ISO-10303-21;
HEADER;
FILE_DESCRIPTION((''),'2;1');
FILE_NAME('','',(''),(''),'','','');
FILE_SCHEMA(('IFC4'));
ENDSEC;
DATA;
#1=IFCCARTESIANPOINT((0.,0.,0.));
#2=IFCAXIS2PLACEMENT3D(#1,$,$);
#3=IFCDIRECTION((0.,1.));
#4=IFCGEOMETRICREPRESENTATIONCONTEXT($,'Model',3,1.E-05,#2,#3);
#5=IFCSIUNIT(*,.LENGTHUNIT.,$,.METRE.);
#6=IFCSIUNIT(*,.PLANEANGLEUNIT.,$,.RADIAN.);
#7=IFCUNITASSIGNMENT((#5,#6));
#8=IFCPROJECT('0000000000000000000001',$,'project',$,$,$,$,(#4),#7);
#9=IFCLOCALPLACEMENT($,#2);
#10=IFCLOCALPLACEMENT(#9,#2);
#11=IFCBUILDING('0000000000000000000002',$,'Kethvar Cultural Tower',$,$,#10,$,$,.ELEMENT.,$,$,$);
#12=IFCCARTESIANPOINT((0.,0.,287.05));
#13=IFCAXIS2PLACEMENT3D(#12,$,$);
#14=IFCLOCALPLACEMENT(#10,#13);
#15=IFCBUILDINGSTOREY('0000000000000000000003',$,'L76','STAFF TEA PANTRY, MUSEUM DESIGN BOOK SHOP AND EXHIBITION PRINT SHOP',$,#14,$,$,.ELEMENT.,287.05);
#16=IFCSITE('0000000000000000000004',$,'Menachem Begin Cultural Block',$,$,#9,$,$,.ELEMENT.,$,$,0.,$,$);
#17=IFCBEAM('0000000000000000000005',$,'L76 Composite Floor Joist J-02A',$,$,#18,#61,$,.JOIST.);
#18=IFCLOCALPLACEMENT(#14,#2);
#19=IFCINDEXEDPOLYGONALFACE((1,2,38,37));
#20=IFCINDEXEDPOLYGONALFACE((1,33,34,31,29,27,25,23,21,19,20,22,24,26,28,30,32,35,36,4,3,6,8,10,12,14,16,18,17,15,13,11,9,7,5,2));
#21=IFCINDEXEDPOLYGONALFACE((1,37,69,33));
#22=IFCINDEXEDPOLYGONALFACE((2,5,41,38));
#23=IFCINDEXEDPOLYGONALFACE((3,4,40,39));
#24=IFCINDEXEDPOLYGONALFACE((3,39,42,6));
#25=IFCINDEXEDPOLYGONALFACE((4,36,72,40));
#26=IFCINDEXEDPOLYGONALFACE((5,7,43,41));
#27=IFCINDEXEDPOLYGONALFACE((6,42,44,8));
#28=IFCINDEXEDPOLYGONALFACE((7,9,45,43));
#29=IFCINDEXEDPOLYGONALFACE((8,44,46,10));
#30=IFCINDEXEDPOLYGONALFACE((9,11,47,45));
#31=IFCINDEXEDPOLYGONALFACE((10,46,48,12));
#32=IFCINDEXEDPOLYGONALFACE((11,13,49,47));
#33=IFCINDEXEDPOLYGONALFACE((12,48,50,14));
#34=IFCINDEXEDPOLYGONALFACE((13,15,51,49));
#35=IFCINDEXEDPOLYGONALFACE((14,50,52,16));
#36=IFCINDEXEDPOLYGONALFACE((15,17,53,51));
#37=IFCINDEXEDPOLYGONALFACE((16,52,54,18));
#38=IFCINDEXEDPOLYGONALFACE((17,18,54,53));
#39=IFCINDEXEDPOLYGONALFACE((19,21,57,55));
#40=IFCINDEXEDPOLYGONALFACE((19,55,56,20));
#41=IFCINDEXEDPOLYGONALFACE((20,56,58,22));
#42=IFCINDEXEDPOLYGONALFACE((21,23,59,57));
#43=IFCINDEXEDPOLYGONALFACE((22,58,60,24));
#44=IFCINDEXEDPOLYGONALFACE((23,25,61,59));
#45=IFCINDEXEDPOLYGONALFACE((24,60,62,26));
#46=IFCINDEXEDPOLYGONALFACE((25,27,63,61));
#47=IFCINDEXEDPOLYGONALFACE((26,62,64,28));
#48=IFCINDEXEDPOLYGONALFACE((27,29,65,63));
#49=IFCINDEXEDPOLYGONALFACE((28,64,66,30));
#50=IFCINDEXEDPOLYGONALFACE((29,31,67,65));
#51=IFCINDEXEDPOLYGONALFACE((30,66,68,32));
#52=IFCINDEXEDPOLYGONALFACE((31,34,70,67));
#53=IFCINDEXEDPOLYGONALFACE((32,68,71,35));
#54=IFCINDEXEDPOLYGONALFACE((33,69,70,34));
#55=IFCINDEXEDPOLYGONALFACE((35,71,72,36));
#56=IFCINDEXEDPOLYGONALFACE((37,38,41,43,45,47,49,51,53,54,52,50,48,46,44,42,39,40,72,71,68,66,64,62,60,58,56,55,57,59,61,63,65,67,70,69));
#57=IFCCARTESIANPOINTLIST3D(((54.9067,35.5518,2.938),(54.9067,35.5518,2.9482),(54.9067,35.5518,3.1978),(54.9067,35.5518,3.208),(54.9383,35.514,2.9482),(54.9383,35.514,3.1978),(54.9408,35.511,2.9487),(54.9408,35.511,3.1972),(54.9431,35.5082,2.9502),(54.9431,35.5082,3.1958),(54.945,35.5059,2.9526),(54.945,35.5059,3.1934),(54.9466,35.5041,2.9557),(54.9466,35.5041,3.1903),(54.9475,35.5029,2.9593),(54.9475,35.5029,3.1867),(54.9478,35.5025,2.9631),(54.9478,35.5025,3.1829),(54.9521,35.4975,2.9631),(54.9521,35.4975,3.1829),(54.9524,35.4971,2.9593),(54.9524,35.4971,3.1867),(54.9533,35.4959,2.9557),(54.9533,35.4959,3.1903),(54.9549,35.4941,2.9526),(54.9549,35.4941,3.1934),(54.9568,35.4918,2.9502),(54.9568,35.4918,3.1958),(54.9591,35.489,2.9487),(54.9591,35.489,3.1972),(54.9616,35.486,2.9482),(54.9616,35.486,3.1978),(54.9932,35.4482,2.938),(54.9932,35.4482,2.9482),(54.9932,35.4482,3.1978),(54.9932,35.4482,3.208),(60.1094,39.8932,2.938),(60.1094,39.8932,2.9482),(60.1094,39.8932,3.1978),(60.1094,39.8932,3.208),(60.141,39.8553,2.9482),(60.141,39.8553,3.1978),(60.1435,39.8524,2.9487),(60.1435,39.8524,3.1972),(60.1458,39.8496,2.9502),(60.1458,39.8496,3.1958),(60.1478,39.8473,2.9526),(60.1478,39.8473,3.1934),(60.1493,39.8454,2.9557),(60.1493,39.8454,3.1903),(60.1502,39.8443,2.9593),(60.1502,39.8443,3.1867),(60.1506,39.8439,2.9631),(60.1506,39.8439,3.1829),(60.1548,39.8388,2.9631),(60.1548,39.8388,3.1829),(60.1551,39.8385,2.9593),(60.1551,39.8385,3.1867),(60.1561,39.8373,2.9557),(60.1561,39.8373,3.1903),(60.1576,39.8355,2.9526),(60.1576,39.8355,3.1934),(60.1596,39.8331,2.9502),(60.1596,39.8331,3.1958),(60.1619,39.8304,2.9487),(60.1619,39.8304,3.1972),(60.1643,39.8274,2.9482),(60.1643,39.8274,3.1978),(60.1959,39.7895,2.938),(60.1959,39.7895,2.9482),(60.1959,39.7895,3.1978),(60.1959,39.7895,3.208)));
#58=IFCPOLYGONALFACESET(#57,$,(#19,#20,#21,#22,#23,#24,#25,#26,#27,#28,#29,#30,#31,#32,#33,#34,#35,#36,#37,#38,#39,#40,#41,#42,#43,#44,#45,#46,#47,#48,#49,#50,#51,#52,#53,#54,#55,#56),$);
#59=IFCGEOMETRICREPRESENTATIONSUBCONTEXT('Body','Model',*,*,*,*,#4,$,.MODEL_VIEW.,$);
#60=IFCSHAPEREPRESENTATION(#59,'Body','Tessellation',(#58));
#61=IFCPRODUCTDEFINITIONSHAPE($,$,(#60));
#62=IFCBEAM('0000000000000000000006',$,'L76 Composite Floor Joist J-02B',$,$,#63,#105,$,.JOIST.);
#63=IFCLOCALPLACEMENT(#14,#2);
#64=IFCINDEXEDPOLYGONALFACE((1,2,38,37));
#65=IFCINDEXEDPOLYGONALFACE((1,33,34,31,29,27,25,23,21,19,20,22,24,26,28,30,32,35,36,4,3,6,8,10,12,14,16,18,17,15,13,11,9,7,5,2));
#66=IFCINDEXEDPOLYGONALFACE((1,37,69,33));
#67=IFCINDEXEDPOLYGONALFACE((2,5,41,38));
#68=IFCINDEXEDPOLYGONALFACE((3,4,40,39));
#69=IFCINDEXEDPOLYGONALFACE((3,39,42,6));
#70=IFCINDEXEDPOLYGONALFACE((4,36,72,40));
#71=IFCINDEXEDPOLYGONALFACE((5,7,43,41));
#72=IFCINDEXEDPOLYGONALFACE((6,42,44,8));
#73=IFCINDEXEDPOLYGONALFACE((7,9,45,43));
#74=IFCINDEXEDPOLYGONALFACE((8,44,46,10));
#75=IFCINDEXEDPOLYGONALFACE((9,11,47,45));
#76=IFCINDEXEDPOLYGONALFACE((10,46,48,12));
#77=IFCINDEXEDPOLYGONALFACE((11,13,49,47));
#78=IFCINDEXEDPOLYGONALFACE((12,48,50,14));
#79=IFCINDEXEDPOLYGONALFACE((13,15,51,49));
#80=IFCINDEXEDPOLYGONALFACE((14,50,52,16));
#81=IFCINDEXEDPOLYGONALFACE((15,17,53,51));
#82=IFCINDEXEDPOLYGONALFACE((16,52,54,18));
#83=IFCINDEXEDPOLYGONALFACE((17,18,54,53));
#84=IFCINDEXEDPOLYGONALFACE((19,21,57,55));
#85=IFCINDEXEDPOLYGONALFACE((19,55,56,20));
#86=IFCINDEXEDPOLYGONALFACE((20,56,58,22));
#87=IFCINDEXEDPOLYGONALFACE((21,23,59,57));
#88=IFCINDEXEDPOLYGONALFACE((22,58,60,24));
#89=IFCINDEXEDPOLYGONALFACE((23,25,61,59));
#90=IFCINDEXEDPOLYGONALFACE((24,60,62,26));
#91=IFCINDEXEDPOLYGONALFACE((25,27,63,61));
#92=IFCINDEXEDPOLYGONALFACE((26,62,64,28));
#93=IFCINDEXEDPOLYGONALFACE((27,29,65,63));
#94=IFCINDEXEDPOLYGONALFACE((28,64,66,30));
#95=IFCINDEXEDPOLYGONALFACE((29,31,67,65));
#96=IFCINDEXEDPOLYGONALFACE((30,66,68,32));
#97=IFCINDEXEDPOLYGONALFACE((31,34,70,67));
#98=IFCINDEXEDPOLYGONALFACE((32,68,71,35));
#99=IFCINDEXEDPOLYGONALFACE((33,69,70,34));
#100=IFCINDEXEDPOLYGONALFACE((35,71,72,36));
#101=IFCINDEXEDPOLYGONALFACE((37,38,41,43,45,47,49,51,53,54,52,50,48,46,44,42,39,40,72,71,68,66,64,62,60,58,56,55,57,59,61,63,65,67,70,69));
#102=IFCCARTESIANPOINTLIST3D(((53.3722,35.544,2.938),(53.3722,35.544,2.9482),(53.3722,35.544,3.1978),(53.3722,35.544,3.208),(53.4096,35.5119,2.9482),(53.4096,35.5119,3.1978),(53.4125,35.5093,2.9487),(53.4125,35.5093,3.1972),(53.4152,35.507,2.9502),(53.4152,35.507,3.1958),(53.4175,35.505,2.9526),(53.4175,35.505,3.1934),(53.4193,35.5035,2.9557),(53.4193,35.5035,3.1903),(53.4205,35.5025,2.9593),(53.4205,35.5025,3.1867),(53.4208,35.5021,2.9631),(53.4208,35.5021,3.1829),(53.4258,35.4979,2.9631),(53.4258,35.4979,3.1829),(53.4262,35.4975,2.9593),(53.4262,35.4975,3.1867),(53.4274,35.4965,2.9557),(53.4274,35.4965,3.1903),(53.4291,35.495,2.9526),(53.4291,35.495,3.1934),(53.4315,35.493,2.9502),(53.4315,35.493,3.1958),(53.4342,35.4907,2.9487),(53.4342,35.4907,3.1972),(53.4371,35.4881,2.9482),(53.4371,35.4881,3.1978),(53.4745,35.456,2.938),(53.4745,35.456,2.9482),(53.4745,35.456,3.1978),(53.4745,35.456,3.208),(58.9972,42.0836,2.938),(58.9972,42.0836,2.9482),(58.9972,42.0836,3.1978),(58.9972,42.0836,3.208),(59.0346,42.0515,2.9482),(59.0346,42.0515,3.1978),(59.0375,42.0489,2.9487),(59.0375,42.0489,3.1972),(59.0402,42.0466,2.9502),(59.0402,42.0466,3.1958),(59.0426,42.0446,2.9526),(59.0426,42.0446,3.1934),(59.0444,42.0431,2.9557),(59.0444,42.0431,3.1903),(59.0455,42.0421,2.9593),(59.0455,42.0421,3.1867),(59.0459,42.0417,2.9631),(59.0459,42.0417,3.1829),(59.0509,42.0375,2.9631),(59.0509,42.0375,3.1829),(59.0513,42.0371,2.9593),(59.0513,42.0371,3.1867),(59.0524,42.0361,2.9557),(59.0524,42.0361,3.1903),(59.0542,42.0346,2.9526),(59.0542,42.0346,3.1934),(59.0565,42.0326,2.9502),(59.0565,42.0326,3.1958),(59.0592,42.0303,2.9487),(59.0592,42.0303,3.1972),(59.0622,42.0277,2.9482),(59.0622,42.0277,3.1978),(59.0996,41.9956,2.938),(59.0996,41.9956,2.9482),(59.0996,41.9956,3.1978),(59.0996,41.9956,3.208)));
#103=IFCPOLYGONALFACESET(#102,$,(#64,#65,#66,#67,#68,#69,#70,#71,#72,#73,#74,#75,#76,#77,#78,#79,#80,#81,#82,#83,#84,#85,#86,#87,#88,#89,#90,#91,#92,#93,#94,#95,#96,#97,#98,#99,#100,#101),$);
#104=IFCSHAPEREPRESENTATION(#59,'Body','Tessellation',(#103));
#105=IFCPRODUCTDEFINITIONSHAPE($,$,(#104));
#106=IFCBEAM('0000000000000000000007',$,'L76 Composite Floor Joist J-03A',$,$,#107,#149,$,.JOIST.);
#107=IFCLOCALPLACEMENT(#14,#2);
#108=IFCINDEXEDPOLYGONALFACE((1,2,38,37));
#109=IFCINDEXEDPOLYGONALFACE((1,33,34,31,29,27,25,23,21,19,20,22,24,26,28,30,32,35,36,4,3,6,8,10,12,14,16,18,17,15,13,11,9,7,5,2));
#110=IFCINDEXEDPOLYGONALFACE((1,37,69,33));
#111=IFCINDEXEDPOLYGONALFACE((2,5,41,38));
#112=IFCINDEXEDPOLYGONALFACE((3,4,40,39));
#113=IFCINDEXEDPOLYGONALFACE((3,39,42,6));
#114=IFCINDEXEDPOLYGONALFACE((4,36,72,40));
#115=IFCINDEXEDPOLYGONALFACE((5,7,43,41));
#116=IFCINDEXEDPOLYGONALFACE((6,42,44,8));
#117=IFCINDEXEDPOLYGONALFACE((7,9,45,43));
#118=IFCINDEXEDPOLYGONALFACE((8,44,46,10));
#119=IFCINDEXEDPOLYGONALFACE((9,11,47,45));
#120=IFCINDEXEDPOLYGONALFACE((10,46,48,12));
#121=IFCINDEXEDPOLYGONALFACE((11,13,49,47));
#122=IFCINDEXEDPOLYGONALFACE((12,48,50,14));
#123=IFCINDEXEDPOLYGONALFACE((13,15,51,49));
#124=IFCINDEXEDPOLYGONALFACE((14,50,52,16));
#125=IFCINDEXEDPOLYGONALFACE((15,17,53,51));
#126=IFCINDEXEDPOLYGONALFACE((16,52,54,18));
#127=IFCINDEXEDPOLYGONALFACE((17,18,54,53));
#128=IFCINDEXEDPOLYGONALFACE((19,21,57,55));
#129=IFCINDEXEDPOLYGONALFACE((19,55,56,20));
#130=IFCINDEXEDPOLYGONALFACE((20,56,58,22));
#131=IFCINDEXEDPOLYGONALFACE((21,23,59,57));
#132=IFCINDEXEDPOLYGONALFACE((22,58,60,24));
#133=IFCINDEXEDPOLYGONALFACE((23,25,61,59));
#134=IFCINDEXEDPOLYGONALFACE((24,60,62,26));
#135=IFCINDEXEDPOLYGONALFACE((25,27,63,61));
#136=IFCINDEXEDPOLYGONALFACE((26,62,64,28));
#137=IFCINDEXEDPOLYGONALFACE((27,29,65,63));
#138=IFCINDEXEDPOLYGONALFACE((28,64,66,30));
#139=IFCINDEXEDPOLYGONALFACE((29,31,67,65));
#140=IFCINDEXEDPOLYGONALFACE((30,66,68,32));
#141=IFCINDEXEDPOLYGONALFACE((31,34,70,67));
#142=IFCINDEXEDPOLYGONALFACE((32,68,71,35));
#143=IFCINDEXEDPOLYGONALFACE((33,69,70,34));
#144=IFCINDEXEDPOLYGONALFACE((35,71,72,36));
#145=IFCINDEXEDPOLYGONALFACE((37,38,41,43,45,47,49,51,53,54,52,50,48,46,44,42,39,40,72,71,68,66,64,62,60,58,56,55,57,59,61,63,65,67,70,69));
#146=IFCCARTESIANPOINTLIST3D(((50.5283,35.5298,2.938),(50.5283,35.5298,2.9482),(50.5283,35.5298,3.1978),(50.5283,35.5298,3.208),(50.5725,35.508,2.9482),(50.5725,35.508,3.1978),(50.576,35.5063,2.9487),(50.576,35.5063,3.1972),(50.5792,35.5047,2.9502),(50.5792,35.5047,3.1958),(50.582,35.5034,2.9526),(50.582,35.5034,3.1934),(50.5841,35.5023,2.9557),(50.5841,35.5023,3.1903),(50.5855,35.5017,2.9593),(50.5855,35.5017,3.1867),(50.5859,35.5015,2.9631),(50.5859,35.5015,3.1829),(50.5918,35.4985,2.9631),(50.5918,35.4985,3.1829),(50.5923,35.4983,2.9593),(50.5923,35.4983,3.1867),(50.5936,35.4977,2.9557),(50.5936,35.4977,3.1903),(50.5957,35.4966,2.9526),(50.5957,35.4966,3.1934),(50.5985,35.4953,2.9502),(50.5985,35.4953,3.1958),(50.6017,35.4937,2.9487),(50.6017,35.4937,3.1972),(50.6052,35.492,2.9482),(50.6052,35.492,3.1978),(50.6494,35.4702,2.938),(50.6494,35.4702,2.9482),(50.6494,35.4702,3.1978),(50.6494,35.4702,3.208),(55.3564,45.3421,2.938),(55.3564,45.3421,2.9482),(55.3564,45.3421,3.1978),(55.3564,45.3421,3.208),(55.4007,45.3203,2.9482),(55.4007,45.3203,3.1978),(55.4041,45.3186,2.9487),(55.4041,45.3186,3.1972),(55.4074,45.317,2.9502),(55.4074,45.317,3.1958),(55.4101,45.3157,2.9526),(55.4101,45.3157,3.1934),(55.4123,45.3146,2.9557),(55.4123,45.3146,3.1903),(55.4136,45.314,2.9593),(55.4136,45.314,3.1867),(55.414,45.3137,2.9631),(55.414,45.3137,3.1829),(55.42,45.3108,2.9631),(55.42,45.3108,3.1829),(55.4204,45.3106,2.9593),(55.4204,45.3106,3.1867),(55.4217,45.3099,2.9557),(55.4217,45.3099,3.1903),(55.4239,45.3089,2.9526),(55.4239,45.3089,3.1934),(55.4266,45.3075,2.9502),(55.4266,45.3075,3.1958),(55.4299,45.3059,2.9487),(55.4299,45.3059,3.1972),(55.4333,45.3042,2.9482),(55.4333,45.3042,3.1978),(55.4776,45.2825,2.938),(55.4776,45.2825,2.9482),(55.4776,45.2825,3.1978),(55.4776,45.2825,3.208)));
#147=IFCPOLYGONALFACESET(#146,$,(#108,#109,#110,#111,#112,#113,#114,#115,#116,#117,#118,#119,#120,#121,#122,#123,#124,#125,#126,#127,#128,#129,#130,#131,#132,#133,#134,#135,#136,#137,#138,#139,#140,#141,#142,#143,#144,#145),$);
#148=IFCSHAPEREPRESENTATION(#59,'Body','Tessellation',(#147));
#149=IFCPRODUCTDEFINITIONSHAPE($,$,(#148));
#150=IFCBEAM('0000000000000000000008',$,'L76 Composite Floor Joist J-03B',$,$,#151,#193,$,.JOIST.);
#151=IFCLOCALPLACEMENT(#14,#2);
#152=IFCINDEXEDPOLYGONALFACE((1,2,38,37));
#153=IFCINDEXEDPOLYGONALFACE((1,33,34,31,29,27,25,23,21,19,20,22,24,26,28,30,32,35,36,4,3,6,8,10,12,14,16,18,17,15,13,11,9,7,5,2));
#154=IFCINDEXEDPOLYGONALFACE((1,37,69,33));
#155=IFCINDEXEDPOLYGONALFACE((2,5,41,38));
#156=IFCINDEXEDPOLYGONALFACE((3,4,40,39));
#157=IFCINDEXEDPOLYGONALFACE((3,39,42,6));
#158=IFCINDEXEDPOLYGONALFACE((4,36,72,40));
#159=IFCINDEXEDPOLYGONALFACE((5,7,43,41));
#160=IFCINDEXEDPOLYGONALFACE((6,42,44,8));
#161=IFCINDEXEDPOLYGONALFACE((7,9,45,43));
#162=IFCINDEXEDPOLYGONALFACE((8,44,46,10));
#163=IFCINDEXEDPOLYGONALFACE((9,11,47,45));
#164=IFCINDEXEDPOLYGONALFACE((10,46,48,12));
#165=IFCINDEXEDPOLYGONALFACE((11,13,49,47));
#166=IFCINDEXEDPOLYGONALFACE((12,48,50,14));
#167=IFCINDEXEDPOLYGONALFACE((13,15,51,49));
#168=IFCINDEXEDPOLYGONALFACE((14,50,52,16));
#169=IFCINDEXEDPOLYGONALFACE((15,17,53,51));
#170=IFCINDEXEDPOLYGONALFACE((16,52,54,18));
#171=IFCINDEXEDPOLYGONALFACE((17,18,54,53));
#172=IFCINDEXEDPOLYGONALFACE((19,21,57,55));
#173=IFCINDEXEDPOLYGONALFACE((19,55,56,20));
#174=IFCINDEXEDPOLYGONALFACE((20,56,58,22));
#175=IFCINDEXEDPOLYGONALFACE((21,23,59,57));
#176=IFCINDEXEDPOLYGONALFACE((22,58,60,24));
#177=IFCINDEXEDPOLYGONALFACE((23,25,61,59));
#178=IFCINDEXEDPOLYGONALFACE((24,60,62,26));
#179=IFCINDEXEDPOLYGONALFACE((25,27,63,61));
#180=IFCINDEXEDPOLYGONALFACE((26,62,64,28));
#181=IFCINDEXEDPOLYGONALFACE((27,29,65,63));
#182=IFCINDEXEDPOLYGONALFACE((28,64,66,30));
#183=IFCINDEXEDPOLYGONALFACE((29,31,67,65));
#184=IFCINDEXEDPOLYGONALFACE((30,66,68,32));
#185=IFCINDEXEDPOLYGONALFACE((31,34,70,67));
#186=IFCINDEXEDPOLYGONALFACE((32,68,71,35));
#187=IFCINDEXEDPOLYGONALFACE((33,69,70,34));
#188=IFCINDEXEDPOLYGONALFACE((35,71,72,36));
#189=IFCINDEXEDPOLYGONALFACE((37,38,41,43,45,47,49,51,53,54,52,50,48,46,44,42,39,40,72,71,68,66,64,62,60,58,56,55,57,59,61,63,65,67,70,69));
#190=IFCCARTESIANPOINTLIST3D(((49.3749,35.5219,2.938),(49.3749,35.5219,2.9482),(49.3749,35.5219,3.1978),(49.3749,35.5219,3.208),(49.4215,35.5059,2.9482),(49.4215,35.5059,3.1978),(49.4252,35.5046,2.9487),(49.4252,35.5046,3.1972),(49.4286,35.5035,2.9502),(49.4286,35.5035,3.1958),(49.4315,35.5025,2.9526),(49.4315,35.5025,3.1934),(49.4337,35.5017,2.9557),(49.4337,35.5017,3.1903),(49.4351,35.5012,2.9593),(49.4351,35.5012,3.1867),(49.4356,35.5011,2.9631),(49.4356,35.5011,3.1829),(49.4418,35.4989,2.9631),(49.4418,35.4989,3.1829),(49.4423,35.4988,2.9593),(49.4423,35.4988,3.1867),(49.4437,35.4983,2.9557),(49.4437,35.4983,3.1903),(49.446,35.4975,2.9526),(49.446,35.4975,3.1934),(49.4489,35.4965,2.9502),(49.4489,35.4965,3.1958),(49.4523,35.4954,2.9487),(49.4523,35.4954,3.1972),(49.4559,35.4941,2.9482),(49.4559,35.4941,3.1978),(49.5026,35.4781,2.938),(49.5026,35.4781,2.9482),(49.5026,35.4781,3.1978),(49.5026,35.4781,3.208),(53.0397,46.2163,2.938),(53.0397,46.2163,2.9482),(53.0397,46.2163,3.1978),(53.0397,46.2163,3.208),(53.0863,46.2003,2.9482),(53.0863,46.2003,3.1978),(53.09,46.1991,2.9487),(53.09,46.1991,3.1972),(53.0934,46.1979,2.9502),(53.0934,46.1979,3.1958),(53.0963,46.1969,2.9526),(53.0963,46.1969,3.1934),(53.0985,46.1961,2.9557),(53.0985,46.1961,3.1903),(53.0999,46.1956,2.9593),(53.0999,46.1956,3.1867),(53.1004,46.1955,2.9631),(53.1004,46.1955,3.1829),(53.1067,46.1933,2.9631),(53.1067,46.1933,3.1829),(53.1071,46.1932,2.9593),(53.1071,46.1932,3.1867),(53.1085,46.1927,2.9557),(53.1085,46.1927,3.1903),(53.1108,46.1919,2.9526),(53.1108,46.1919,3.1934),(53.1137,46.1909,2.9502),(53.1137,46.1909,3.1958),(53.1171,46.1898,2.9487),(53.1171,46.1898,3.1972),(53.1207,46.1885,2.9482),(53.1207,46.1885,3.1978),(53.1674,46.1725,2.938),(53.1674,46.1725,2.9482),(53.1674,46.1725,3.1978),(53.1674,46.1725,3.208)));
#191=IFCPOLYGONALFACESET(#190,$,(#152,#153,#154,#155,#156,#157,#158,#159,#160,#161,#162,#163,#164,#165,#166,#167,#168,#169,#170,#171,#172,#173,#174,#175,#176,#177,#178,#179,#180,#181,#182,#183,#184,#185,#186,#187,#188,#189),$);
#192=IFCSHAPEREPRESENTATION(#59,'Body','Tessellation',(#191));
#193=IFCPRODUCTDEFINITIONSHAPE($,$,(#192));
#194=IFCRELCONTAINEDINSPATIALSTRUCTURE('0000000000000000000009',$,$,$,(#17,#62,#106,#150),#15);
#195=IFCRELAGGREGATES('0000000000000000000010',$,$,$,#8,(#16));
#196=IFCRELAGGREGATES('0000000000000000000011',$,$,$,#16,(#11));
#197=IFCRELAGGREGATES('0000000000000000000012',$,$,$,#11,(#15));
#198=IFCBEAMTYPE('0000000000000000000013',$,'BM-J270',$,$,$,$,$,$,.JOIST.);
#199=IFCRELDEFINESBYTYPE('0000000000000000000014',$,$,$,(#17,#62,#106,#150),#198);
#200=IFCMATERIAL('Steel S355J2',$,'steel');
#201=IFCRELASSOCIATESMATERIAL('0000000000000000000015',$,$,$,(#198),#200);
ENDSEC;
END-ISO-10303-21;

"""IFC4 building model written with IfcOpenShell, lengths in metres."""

from ifc_helpers import new_model, si_unit, direction, frame, origin, origin_2d, place, context, subcontext, project, spatial, i_section, extrude, source, transform, mapped, material, material_profile, profile_set, type_object, element, save


model = new_model("IFC4")

# Units and contexts
model_context = context("Model", 3, precision=1e-05, world=origin(), true_north=direction((0.0, 1.0)))
body_context = subcontext(model_context, "Body", "Model", "MODEL_VIEW")
ifc_project = project(units=[si_unit("LENGTHUNIT", "METRE"), si_unit("PLANEANGLEUNIT", "RADIAN")], contexts=[model_context])

# Site, building, storey
site_placement = place(None, origin())
site = spatial("IfcSite", under=ifc_project, at=site_placement, Name="Menachem Begin Cultural Block", CompositionType="ELEMENT", RefElevation=0.0)
building_placement = place(site_placement, origin())
building = spatial("IfcBuilding", under=site, at=building_placement, Name="Kethvar Cultural Tower", CompositionType="ELEMENT")
storey_placement = place(building_placement, frame((0.0, 0.0, 287.05)))
storey = spatial("IfcBuildingStorey", under=building, at=storey_placement, Name="L76", Description="STAFF TEA PANTRY, MUSEUM DESIGN BOOK SHOP AND EXHIBITION PRINT SHOP", CompositionType="ELEMENT", Elevation=287.05)

# Beams
ifc_material_1 = material(Name="Steel S355J2", Category="steel")
ifc_material_profile_1 = material_profile(ifc_material_1, i_section(OverallWidth=0.135, OverallDepth=0.27, WebThickness=0.0066, FlangeThickness=0.0103, FilletRadius=0.0149, at=origin_2d()), Name="Steel S355J2 — IPE270")
ifc_profile_set_1 = profile_set([ifc_material_profile_1], Name="Steel S355J2 — IPE270")
beam_type_1 = type_object("IfcBeamType", Name="BM-J270", PredefinedType="JOIST", material=ifc_profile_set_1)
shared_shape_1 = source(origin(), body_context, "Body", "SweptSolid", [
    extrude(i_section(OverallWidth=0.135, OverallDepth=0.27, WebThickness=0.0066, FlangeThickness=0.0103, FilletRadius=0.0149, at=origin_2d()), origin(), (0.0, 0.0, 1.0), 6.7761),
])
beam_1_placement = place(storey_placement, frame((54.95, 35.5, 3.073), z_axis=(0.767802, 0.640688, 0.0), x_axis=(-0.640688, 0.767802, 0.0)))
element("IfcBeam", 1, at=beam_1_placement, inside=storey, type_object=beam_type_1, Name="L76 Composite Floor Joist J-02A", PredefinedType="JOIST", context=body_context, shape_type="MappedRepresentation", body=[
    mapped(shared_shape_1, transform((0.0, 0.0, 0.0), scale=1.0)),
])
shared_shape_2 = source(origin(), body_context, "Body", "SweptSolid", [
    extrude(i_section(OverallWidth=0.135, OverallDepth=0.27, WebThickness=0.0066, FlangeThickness=0.0103, FilletRadius=0.0149, at=origin_2d()), origin(), (0.0, 0.0, 1.0), 8.626),
])
beam_2_placement = place(storey_placement, frame((53.4233, 35.5, 3.073), z_axis=(0.652105, 0.758129, 0.0), x_axis=(-0.758129, 0.652105, 0.0)))
element("IfcBeam", 2, at=beam_2_placement, inside=storey, type_object=beam_type_1, Name="L76 Composite Floor Joist J-02B", PredefinedType="JOIST", context=body_context, shape_type="MappedRepresentation", body=[
    mapped(shared_shape_2, transform((0.0, 0.0, 0.0), scale=1.0)),
])
shared_shape_3 = source(origin(), body_context, "Body", "SweptSolid", [
    extrude(i_section(OverallWidth=0.135, OverallDepth=0.27, WebThickness=0.0066, FlangeThickness=0.0103, FilletRadius=0.0149, at=origin_2d()), origin(), (0.0, 0.0, 1.0), 10.9358),
])
beam_3_placement = place(storey_placement, frame((50.5889, 35.5, 3.073), z_axis=(0.441498, 0.897262, 0.0), x_axis=(-0.897262, 0.441498, 0.0)))
element("IfcBeam", 3, at=beam_3_placement, inside=storey, type_object=beam_type_1, Name="L76 Composite Floor Joist J-03A", PredefinedType="JOIST", context=body_context, shape_type="MappedRepresentation", body=[
    mapped(shared_shape_3, transform((0.0, 0.0, 0.0), scale=1.0)),
])
shared_shape_4 = source(origin(), body_context, "Body", "SweptSolid", [
    extrude(i_section(OverallWidth=0.135, OverallDepth=0.27, WebThickness=0.0066, FlangeThickness=0.0103, FilletRadius=0.0149, at=origin_2d()), origin(), (0.0, 0.0, 1.0), 11.3049),
])
beam_4_placement = place(storey_placement, frame((49.4387, 35.5, 3.073), z_axis=(0.324179, 0.945996, 0.0), x_axis=(-0.945996, 0.324179, 0.0)))
element("IfcBeam", 4, at=beam_4_placement, inside=storey, type_object=beam_type_1, Name="L76 Composite Floor Joist J-03B", PredefinedType="JOIST", context=body_context, shape_type="MappedRepresentation", body=[
    mapped(shared_shape_4, transform((0.0, 0.0, 0.0), scale=1.0)),
])

save(model, "model.ifc")
